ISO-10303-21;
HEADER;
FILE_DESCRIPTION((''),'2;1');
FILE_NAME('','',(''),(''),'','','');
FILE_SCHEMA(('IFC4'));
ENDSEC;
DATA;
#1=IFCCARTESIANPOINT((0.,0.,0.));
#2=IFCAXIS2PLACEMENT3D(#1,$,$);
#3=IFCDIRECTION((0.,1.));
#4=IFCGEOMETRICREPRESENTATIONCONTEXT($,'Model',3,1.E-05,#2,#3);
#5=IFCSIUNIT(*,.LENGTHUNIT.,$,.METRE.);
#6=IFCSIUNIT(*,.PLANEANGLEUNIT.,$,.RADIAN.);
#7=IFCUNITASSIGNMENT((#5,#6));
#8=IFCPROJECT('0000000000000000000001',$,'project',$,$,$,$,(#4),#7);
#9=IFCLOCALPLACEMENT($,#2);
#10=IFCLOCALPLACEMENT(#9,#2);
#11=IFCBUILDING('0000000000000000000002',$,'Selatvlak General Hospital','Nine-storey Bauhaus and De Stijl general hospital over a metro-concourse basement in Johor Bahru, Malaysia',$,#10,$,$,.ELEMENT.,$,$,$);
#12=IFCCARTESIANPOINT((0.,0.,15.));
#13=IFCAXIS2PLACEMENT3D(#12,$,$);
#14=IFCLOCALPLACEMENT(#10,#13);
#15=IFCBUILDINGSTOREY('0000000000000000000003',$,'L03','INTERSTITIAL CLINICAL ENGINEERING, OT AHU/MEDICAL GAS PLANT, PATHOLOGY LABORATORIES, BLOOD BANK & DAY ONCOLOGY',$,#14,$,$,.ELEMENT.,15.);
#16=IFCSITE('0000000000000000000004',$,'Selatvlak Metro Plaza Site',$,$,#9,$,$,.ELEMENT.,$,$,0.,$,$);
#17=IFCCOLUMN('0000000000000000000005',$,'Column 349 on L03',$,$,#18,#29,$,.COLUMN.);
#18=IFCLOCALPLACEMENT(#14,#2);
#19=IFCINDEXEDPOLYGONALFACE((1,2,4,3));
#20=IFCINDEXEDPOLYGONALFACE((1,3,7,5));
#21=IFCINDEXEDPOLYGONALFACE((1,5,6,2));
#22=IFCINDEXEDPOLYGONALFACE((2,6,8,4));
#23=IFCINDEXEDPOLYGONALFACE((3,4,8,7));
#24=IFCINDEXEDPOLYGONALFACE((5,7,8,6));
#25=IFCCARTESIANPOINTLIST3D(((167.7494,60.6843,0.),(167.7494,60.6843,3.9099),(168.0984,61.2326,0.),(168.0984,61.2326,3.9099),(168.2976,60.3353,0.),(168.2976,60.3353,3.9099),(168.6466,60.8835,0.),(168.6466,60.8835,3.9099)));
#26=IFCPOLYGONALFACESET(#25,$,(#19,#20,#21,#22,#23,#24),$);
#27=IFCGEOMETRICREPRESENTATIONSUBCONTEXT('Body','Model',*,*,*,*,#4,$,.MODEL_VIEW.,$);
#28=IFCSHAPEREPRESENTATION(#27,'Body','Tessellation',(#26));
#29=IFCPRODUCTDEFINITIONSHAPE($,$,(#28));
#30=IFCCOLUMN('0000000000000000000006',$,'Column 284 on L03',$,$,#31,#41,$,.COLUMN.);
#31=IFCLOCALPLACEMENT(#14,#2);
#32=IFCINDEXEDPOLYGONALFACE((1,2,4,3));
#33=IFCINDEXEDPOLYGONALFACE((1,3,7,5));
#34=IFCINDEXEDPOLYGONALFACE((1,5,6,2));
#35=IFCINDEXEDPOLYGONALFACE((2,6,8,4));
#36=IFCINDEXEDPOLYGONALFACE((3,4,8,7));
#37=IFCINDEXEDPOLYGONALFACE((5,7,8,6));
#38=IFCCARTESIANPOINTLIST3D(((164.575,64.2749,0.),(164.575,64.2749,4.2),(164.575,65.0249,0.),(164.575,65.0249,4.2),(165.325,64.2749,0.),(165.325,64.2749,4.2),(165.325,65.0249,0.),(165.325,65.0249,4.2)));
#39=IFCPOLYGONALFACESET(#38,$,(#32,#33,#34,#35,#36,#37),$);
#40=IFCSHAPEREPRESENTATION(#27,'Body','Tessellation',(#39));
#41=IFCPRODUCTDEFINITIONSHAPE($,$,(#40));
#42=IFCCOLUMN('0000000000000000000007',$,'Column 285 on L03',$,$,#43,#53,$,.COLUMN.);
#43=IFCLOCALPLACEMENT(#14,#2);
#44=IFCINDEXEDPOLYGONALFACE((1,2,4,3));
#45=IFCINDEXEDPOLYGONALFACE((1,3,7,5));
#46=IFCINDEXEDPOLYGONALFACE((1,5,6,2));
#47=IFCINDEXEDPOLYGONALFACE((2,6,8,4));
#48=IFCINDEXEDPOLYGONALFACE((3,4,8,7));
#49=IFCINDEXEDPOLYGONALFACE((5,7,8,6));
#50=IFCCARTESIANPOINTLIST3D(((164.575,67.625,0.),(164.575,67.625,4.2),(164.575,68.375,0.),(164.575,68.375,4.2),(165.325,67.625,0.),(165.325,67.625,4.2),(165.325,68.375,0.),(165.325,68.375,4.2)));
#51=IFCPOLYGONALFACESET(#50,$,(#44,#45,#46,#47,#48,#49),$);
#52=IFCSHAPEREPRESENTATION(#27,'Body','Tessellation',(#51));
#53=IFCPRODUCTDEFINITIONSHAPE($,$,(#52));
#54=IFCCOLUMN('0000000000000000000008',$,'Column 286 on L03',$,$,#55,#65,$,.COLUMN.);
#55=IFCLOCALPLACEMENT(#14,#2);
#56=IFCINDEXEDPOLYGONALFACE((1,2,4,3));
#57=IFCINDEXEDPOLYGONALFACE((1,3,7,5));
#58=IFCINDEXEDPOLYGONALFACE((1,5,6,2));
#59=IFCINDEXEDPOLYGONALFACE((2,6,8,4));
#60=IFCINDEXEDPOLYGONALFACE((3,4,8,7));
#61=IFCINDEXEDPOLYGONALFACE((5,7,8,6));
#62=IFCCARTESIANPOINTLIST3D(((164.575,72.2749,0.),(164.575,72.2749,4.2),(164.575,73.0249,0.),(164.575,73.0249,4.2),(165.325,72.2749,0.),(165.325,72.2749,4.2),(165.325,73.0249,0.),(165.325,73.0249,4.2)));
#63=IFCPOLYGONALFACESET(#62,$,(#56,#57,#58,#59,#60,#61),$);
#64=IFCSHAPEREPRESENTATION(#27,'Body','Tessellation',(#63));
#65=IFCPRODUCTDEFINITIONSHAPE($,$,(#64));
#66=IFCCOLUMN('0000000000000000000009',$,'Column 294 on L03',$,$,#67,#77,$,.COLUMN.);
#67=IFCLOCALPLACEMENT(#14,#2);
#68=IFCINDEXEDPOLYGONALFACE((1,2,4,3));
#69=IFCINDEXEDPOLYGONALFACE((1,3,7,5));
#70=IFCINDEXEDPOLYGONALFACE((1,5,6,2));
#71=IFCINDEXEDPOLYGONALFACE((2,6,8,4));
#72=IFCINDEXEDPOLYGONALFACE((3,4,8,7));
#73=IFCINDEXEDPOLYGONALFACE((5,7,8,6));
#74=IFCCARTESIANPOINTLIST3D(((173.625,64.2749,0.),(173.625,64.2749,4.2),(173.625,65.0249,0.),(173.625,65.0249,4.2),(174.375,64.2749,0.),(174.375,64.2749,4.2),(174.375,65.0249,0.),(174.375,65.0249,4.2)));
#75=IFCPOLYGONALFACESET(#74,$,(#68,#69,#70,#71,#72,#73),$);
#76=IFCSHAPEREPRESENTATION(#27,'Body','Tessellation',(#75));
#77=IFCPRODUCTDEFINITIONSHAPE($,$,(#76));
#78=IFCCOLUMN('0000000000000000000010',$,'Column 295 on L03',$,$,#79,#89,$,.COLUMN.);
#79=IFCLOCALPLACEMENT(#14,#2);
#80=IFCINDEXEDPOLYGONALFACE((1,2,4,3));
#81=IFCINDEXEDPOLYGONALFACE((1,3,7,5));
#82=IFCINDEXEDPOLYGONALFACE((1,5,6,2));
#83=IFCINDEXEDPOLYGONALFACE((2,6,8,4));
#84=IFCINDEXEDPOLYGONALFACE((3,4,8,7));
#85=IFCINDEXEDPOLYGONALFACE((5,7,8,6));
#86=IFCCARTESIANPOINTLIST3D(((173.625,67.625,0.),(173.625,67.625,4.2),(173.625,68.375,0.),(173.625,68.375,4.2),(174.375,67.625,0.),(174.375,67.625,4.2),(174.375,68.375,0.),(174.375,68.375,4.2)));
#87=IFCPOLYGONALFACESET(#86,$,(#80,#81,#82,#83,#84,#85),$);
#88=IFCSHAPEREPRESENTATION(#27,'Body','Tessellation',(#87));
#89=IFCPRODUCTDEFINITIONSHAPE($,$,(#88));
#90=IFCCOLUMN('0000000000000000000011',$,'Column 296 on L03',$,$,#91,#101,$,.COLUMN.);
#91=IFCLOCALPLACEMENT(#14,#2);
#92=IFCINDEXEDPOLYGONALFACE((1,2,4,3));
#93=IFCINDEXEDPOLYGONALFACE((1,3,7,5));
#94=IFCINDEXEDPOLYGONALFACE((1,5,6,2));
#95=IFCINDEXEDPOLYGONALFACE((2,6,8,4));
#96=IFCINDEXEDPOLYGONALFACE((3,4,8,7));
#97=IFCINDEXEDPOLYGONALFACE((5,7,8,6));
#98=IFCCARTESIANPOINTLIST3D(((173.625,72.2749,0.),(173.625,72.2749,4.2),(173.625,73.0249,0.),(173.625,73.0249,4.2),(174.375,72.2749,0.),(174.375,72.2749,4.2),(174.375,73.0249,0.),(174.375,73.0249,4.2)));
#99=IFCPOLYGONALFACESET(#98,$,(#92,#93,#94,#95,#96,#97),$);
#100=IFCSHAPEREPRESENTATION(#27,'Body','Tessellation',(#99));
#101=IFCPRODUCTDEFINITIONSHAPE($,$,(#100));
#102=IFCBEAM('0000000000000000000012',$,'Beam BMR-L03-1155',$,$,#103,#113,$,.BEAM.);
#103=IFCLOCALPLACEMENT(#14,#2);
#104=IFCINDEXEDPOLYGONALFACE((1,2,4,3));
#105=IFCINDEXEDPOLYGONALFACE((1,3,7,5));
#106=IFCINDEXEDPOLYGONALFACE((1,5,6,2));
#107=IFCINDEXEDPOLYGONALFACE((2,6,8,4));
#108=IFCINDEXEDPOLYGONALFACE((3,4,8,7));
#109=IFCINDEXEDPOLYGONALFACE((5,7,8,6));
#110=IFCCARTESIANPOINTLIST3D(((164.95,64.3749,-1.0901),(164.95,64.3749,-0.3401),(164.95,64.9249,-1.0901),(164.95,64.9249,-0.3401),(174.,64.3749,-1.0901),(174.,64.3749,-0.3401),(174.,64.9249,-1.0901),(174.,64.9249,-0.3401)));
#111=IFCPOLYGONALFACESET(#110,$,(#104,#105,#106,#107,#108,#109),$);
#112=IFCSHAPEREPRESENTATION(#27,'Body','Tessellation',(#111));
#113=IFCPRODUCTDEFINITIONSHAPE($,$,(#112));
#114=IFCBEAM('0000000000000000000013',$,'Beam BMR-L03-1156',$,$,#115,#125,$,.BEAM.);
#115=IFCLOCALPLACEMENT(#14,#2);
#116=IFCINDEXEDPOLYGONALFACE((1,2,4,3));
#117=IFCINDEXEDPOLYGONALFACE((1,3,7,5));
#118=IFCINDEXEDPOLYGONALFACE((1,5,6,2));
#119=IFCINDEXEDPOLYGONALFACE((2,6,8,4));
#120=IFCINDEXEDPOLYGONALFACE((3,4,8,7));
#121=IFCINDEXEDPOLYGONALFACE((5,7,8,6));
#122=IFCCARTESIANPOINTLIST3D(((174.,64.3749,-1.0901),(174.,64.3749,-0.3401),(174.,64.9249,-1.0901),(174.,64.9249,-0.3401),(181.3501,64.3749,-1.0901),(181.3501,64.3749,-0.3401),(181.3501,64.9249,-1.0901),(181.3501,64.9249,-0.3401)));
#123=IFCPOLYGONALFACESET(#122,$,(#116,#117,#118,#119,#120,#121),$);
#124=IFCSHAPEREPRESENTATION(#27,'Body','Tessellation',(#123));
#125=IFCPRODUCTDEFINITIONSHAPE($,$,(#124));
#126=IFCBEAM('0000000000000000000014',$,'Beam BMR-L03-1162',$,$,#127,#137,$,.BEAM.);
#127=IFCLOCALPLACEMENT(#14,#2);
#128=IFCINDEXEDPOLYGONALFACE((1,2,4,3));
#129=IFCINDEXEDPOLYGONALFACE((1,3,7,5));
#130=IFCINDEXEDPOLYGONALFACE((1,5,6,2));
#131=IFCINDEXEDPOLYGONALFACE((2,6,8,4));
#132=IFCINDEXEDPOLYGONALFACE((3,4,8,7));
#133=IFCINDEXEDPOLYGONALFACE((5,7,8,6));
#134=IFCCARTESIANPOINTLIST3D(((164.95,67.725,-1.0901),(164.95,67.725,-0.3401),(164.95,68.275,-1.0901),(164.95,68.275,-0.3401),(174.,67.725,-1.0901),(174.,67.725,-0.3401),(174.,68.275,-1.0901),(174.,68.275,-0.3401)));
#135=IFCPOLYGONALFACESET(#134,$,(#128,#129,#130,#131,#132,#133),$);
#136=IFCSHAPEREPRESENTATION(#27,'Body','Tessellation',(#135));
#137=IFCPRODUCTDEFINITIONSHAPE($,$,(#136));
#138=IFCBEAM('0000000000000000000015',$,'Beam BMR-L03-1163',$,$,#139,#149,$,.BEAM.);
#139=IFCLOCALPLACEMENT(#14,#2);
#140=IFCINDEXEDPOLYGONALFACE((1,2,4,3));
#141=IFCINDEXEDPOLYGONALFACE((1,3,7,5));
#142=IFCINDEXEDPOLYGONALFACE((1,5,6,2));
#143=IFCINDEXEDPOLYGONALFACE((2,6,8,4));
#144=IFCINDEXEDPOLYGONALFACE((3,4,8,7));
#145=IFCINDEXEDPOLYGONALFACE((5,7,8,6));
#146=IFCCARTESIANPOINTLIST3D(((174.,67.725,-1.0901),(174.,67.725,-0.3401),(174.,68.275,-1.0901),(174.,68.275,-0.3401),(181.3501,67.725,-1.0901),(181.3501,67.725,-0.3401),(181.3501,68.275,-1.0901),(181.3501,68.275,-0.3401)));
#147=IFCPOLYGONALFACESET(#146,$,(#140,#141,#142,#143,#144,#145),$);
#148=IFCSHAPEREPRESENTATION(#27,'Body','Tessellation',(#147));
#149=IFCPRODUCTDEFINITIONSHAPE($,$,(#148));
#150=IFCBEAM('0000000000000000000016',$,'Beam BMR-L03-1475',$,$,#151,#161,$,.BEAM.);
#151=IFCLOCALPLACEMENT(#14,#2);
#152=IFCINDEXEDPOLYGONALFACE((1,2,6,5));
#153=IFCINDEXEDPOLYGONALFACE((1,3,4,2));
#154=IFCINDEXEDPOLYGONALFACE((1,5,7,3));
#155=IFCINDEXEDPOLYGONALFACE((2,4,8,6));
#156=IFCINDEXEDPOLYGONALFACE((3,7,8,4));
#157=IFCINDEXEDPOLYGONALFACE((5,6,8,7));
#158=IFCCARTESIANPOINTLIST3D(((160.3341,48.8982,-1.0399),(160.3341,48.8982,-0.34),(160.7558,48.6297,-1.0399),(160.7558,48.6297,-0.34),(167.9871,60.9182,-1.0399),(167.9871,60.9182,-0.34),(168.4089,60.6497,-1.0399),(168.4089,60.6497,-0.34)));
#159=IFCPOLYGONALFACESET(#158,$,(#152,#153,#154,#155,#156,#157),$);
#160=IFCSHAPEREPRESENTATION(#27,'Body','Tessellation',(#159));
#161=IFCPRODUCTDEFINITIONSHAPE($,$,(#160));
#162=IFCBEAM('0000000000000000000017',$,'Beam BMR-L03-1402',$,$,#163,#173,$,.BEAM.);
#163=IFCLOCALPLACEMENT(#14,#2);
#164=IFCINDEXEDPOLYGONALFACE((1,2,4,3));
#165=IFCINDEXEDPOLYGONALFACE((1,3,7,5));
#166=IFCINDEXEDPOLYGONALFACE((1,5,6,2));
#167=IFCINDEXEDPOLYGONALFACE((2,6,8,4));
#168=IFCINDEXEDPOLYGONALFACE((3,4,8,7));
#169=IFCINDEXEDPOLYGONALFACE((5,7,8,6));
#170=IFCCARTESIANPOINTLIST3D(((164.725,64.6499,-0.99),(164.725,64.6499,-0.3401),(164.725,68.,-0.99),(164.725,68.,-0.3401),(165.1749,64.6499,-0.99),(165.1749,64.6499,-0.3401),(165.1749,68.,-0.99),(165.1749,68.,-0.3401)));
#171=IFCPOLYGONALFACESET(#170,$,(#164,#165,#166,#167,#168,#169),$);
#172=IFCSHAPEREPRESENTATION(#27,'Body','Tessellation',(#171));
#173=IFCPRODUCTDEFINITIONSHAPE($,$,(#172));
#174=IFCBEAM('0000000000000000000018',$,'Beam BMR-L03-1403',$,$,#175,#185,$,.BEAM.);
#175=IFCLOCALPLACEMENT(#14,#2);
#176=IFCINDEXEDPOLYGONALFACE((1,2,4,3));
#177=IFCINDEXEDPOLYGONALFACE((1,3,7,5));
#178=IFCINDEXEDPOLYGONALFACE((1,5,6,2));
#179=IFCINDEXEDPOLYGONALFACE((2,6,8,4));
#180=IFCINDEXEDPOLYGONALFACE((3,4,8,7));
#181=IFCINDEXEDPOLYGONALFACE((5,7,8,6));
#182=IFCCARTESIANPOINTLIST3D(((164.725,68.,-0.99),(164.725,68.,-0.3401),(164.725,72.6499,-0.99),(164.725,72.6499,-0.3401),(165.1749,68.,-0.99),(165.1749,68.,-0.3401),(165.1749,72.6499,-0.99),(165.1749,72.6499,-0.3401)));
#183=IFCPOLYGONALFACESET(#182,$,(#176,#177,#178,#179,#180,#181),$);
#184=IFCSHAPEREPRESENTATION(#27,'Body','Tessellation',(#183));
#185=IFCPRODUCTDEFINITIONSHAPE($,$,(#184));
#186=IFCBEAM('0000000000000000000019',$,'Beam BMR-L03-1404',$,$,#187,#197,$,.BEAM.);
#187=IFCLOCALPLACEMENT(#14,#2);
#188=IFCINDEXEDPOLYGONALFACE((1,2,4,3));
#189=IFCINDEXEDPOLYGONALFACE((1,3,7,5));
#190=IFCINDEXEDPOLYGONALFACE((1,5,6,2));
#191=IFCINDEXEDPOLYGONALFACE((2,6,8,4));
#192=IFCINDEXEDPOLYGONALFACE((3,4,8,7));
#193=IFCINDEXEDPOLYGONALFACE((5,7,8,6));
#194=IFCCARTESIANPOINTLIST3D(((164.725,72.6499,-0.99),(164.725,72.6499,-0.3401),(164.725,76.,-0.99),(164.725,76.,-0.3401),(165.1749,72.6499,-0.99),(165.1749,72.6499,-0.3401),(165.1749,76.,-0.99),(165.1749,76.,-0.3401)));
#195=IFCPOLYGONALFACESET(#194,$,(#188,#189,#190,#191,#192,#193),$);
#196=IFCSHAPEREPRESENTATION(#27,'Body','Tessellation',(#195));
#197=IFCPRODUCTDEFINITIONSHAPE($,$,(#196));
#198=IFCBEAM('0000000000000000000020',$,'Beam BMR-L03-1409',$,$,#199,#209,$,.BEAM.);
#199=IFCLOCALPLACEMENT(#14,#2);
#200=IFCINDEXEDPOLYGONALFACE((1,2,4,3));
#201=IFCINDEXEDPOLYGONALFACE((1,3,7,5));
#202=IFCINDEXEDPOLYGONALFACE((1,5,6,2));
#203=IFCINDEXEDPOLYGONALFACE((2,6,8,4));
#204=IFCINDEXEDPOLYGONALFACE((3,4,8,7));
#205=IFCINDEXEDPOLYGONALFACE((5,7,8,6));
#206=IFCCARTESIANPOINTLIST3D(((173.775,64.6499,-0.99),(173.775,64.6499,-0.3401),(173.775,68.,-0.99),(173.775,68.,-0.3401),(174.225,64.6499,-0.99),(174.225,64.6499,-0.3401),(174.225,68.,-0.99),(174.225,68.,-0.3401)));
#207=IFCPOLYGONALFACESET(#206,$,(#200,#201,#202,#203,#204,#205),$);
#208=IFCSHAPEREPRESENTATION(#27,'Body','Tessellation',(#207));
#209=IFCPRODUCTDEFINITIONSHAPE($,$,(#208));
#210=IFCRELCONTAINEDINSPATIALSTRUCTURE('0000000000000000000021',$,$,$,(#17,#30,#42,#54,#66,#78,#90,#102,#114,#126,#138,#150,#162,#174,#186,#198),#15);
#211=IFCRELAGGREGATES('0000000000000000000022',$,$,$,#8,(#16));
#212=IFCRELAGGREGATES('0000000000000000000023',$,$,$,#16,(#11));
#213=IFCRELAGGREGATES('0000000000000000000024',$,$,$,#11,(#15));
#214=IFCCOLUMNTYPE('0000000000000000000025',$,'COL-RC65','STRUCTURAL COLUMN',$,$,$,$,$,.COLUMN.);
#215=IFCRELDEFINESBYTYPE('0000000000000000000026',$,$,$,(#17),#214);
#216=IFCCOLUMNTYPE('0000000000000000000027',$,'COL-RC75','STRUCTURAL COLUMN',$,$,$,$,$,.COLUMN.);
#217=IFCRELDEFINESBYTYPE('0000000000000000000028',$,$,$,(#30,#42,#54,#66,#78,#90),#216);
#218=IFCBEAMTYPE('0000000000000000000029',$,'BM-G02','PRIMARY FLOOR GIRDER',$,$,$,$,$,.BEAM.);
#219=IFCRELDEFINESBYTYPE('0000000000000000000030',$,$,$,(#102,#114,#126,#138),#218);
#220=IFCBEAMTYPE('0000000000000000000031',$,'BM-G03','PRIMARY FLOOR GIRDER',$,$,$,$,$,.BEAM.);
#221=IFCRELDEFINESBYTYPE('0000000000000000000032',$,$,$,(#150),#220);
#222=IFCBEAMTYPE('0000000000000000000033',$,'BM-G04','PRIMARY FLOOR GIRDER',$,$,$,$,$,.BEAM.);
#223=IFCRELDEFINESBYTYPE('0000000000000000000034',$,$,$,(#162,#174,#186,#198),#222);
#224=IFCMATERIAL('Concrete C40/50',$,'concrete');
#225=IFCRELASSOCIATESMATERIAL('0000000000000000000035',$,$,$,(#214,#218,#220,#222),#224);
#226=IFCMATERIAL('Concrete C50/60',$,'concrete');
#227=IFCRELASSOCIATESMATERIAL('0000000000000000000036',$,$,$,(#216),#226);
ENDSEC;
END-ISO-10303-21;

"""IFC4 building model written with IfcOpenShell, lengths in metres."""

from ifc_helpers import new_model, si_unit, direction, frame, origin, origin_2d, place, context, subcontext, project, spatial, rectangle, extrude, material, material_profile, profile_set, type_object, element, save


model = new_model("IFC4")

# Units and contexts
model_context = context("Model", 3, precision=1e-05, world=origin(), true_north=direction((0.0, 1.0)))
body_context = subcontext(model_context, "Body", "Model", "MODEL_VIEW")
ifc_project = project(units=[si_unit("LENGTHUNIT", "METRE"), si_unit("PLANEANGLEUNIT", "RADIAN")], contexts=[model_context])

# Site, building, storey
site_placement = place(None, origin())
site = spatial("IfcSite", under=ifc_project, at=site_placement, Name="Selatvlak Metro Plaza Site", CompositionType="ELEMENT", RefElevation=0.0)
building_placement = place(site_placement, origin())
building = spatial("IfcBuilding", under=site, at=building_placement, Name="Selatvlak General Hospital", Description="Nine-storey Bauhaus and De Stijl general hospital over a metro-concourse basement in Johor Bahru, Malaysia", CompositionType="ELEMENT")
storey_placement = place(building_placement, frame((0.0, 0.0, 15.0)))
storey = spatial("IfcBuildingStorey", under=building, at=storey_placement, Name="L03", Description="INTERSTITIAL CLINICAL ENGINEERING, OT AHU/MEDICAL GAS PLANT, PATHOLOGY LABORATORIES, BLOOD BANK & DAY ONCOLOGY", CompositionType="ELEMENT", Elevation=15.0)

# Columns
ifc_material_1 = material(Name="Concrete C40/50", Category="concrete")
ifc_material_profile_1 = material_profile(ifc_material_1, rectangle(XDim=0.6499, YDim=0.6499, at=origin_2d()), Name="RC-COL 650x650")
ifc_profile_set_1 = profile_set([ifc_material_profile_1], Name="Concrete C40/50")
column_type_1 = type_object("IfcColumnType", Name="COL-RC65", Description="STRUCTURAL COLUMN", PredefinedType="COLUMN", material=ifc_profile_set_1)
column_placement = place(storey_placement, frame((168.198, 60.7839, 0.0), z_axis=(0.0, 0.0, 1.0), x_axis=(0.537064, 0.843541, 0.0)))
element("IfcColumn", 1, at=column_placement, inside=storey, type_object=column_type_1, Name="Column 349 on L03", PredefinedType="COLUMN", context=body_context, shape_type="SweptSolid", body=[
    extrude(rectangle(XDim=0.6499, YDim=0.6499, at=origin_2d()), origin(), (0.0, 0.0, 1.0), 3.9099),
])
ifc_material_2 = material(Name="Concrete C50/60", Category="concrete")
ifc_material_profile_2 = material_profile(ifc_material_2, rectangle(XDim=0.75, YDim=0.75, at=origin_2d()), Name="RC-COL 750x750")
ifc_profile_set_2 = profile_set([ifc_material_profile_2], Name="Concrete C50/60")
column_type_2 = type_object("IfcColumnType", Name="COL-RC75", Description="STRUCTURAL COLUMN", PredefinedType="COLUMN", material=ifc_profile_set_2)
for number, where, z_axis, x_axis, name in (
    (2, (164.95, 64.6499, 0.0), (0.0, 0.0, 1.0), (1.0, 0.0, 0.0), "Column 284 on L03"),
    (3, (164.95, 68.0, 0.0), (0.0, 0.0, 1.0), (1.0, 0.0, 0.0), "Column 285 on L03"),
    (4, (164.95, 72.6499, 0.0), (0.0, 0.0, 1.0), (1.0, 0.0, 0.0), "Column 286 on L03"),
    (5, (174.0, 64.6499, 0.0), (0.0, 0.0, 1.0), (1.0, 0.0, 0.0), "Column 294 on L03"),
    (6, (174.0, 68.0, 0.0), (0.0, 0.0, 1.0), (1.0, 0.0, 0.0), "Column 295 on L03"),
    (7, (174.0, 72.6499, 0.0), (0.0, 0.0, 1.0), (1.0, 0.0, 0.0), "Column 296 on L03"),
):
    element("IfcColumn", number, at=place(storey_placement, frame(where, z_axis=z_axis, x_axis=x_axis)), inside=storey, type_object=column_type_2, Name=name, PredefinedType="COLUMN", context=body_context, shape_type="SweptSolid", body=[
        extrude(rectangle(XDim=0.75, YDim=0.75, at=origin_2d()), origin(), (0.0, 0.0, 1.0), 4.2),
    ])

# Beams
ifc_material_profile_3 = material_profile(ifc_material_1, rectangle(XDim=0.55, YDim=0.75, at=origin_2d()), Name="RC-BM 550x750")
ifc_profile_set_3 = profile_set([ifc_material_profile_3], Name="Concrete C40/50")
beam_type_1 = type_object("IfcBeamType", Name="BM-G02", Description="PRIMARY FLOOR GIRDER", PredefinedType="BEAM", material=ifc_profile_set_3)
beam_1_placement = place(storey_placement, frame((164.95, 64.6499, -0.7151), z_axis=(1.0, 0.0, 0.0), x_axis=(0.0, 1.0, 0.0)))
element("IfcBeam", 8, at=beam_1_placement, inside=storey, type_object=beam_type_1, Name="Beam BMR-L03-1155", PredefinedType="BEAM", context=body_context, shape_type="SweptSolid", body=[
    extrude(rectangle(XDim=0.55, YDim=0.75, at=origin_2d()), origin(), (0.0, 0.0, 1.0), 9.05),
])
beam_2_placement = place(storey_placement, frame((174.0, 64.6499, -0.7151), z_axis=(1.0, 0.0, 0.0), x_axis=(0.0, 1.0, 0.0)))
element("IfcBeam", 9, at=beam_2_placement, inside=storey, type_object=beam_type_1, Name="Beam BMR-L03-1156", PredefinedType="BEAM", context=body_context, shape_type="SweptSolid", body=[
    extrude(rectangle(XDim=0.55, YDim=0.75, at=origin_2d()), origin(), (0.0, 0.0, 1.0), 7.3501),
])
beam_3_placement = place(storey_placement, frame((164.95, 68.0, -0.7151), z_axis=(1.0, 0.0, 0.0), x_axis=(0.0, 1.0, 0.0)))
element("IfcBeam", 10, at=beam_3_placement, inside=storey, type_object=beam_type_1, Name="Beam BMR-L03-1162", PredefinedType="BEAM", context=body_context, shape_type="SweptSolid", body=[
    extrude(rectangle(XDim=0.55, YDim=0.75, at=origin_2d()), origin(), (0.0, 0.0, 1.0), 9.05),
])
beam_4_placement = place(storey_placement, frame((174.0, 68.0, -0.7151), z_axis=(1.0, 0.0, 0.0), x_axis=(0.0, 1.0, 0.0)))
element("IfcBeam", 11, at=beam_4_placement, inside=storey, type_object=beam_type_1, Name="Beam BMR-L03-1163", PredefinedType="BEAM", context=body_context, shape_type="SweptSolid", body=[
    extrude(rectangle(XDim=0.55, YDim=0.75, at=origin_2d()), origin(), (0.0, 0.0, 1.0), 7.3501),
])
ifc_material_profile_4 = material_profile(ifc_material_1, rectangle(XDim=0.5, YDim=0.7, at=origin_2d()), Name="RC-BM 500x700")
ifc_profile_set_4 = profile_set([ifc_material_profile_4], Name="Concrete C40/50")
beam_type_2 = type_object("IfcBeamType", Name="BM-G03", Description="PRIMARY FLOOR GIRDER", PredefinedType="BEAM", material=ifc_profile_set_4)
beam_5_placement = place(storey_placement, frame((168.198, 60.7839, -0.6899), z_axis=(-0.537074, -0.843535, 0.0), x_axis=(0.843535, -0.537074, 0.0)))
element("IfcBeam", 12, at=beam_5_placement, inside=storey, type_object=beam_type_2, Name="Beam BMR-L03-1475", PredefinedType="BEAM", context=body_context, shape_type="SweptSolid", body=[
    extrude(rectangle(XDim=0.5, YDim=0.7, at=origin_2d()), origin(), (0.0, 0.0, 1.0), 14.2495),
])
ifc_material_profile_5 = material_profile(ifc_material_1, rectangle(XDim=0.45, YDim=0.6499, at=origin_2d()), Name="RC-BM 450x650")
ifc_profile_set_5 = profile_set([ifc_material_profile_5], Name="Concrete C40/50")
beam_type_3 = type_object("IfcBeamType", Name="BM-G04", Description="PRIMARY FLOOR GIRDER", PredefinedType="BEAM", material=ifc_profile_set_5)
beam_6_placement = place(storey_placement, frame((164.95, 64.6499, -0.665), z_axis=(0.0, 1.0, 0.0), x_axis=(-1.0, 0.0, 0.0)))
element("IfcBeam", 13, at=beam_6_placement, inside=storey, type_object=beam_type_3, Name="Beam BMR-L03-1402", PredefinedType="BEAM", context=body_context, shape_type="SweptSolid", body=[
    extrude(rectangle(XDim=0.45, YDim=0.6499, at=origin_2d()), origin(), (0.0, 0.0, 1.0), 3.3501),
])
beam_7_placement = place(storey_placement, frame((164.95, 68.0, -0.665), z_axis=(0.0, 1.0, 0.0), x_axis=(-1.0, 0.0, 0.0)))
element("IfcBeam", 14, at=beam_7_placement, inside=storey, type_object=beam_type_3, Name="Beam BMR-L03-1403", PredefinedType="BEAM", context=body_context, shape_type="SweptSolid", body=[
    extrude(rectangle(XDim=0.45, YDim=0.6499, at=origin_2d()), origin(), (0.0, 0.0, 1.0), 4.6499),
])
for number, where, z_axis, x_axis, name in (
    (15, (164.95, 72.6499, -0.665), (0.0, 1.0, 0.0), (-1.0, 0.0, 0.0), "Beam BMR-L03-1404"),
    (16, (174.0, 64.6499, -0.665), (0.0, 1.0, 0.0), (-1.0, 0.0, 0.0), "Beam BMR-L03-1409"),
):
    element("IfcBeam", number, at=place(storey_placement, frame(where, z_axis=z_axis, x_axis=x_axis)), inside=storey, type_object=beam_type_3, Name=name, PredefinedType="BEAM", context=body_context, shape_type="SweptSolid", body=[
        extrude(rectangle(XDim=0.45, YDim=0.6499, at=origin_2d()), origin(), (0.0, 0.0, 1.0), 3.3501),
    ])

save(model, "model.ifc")
